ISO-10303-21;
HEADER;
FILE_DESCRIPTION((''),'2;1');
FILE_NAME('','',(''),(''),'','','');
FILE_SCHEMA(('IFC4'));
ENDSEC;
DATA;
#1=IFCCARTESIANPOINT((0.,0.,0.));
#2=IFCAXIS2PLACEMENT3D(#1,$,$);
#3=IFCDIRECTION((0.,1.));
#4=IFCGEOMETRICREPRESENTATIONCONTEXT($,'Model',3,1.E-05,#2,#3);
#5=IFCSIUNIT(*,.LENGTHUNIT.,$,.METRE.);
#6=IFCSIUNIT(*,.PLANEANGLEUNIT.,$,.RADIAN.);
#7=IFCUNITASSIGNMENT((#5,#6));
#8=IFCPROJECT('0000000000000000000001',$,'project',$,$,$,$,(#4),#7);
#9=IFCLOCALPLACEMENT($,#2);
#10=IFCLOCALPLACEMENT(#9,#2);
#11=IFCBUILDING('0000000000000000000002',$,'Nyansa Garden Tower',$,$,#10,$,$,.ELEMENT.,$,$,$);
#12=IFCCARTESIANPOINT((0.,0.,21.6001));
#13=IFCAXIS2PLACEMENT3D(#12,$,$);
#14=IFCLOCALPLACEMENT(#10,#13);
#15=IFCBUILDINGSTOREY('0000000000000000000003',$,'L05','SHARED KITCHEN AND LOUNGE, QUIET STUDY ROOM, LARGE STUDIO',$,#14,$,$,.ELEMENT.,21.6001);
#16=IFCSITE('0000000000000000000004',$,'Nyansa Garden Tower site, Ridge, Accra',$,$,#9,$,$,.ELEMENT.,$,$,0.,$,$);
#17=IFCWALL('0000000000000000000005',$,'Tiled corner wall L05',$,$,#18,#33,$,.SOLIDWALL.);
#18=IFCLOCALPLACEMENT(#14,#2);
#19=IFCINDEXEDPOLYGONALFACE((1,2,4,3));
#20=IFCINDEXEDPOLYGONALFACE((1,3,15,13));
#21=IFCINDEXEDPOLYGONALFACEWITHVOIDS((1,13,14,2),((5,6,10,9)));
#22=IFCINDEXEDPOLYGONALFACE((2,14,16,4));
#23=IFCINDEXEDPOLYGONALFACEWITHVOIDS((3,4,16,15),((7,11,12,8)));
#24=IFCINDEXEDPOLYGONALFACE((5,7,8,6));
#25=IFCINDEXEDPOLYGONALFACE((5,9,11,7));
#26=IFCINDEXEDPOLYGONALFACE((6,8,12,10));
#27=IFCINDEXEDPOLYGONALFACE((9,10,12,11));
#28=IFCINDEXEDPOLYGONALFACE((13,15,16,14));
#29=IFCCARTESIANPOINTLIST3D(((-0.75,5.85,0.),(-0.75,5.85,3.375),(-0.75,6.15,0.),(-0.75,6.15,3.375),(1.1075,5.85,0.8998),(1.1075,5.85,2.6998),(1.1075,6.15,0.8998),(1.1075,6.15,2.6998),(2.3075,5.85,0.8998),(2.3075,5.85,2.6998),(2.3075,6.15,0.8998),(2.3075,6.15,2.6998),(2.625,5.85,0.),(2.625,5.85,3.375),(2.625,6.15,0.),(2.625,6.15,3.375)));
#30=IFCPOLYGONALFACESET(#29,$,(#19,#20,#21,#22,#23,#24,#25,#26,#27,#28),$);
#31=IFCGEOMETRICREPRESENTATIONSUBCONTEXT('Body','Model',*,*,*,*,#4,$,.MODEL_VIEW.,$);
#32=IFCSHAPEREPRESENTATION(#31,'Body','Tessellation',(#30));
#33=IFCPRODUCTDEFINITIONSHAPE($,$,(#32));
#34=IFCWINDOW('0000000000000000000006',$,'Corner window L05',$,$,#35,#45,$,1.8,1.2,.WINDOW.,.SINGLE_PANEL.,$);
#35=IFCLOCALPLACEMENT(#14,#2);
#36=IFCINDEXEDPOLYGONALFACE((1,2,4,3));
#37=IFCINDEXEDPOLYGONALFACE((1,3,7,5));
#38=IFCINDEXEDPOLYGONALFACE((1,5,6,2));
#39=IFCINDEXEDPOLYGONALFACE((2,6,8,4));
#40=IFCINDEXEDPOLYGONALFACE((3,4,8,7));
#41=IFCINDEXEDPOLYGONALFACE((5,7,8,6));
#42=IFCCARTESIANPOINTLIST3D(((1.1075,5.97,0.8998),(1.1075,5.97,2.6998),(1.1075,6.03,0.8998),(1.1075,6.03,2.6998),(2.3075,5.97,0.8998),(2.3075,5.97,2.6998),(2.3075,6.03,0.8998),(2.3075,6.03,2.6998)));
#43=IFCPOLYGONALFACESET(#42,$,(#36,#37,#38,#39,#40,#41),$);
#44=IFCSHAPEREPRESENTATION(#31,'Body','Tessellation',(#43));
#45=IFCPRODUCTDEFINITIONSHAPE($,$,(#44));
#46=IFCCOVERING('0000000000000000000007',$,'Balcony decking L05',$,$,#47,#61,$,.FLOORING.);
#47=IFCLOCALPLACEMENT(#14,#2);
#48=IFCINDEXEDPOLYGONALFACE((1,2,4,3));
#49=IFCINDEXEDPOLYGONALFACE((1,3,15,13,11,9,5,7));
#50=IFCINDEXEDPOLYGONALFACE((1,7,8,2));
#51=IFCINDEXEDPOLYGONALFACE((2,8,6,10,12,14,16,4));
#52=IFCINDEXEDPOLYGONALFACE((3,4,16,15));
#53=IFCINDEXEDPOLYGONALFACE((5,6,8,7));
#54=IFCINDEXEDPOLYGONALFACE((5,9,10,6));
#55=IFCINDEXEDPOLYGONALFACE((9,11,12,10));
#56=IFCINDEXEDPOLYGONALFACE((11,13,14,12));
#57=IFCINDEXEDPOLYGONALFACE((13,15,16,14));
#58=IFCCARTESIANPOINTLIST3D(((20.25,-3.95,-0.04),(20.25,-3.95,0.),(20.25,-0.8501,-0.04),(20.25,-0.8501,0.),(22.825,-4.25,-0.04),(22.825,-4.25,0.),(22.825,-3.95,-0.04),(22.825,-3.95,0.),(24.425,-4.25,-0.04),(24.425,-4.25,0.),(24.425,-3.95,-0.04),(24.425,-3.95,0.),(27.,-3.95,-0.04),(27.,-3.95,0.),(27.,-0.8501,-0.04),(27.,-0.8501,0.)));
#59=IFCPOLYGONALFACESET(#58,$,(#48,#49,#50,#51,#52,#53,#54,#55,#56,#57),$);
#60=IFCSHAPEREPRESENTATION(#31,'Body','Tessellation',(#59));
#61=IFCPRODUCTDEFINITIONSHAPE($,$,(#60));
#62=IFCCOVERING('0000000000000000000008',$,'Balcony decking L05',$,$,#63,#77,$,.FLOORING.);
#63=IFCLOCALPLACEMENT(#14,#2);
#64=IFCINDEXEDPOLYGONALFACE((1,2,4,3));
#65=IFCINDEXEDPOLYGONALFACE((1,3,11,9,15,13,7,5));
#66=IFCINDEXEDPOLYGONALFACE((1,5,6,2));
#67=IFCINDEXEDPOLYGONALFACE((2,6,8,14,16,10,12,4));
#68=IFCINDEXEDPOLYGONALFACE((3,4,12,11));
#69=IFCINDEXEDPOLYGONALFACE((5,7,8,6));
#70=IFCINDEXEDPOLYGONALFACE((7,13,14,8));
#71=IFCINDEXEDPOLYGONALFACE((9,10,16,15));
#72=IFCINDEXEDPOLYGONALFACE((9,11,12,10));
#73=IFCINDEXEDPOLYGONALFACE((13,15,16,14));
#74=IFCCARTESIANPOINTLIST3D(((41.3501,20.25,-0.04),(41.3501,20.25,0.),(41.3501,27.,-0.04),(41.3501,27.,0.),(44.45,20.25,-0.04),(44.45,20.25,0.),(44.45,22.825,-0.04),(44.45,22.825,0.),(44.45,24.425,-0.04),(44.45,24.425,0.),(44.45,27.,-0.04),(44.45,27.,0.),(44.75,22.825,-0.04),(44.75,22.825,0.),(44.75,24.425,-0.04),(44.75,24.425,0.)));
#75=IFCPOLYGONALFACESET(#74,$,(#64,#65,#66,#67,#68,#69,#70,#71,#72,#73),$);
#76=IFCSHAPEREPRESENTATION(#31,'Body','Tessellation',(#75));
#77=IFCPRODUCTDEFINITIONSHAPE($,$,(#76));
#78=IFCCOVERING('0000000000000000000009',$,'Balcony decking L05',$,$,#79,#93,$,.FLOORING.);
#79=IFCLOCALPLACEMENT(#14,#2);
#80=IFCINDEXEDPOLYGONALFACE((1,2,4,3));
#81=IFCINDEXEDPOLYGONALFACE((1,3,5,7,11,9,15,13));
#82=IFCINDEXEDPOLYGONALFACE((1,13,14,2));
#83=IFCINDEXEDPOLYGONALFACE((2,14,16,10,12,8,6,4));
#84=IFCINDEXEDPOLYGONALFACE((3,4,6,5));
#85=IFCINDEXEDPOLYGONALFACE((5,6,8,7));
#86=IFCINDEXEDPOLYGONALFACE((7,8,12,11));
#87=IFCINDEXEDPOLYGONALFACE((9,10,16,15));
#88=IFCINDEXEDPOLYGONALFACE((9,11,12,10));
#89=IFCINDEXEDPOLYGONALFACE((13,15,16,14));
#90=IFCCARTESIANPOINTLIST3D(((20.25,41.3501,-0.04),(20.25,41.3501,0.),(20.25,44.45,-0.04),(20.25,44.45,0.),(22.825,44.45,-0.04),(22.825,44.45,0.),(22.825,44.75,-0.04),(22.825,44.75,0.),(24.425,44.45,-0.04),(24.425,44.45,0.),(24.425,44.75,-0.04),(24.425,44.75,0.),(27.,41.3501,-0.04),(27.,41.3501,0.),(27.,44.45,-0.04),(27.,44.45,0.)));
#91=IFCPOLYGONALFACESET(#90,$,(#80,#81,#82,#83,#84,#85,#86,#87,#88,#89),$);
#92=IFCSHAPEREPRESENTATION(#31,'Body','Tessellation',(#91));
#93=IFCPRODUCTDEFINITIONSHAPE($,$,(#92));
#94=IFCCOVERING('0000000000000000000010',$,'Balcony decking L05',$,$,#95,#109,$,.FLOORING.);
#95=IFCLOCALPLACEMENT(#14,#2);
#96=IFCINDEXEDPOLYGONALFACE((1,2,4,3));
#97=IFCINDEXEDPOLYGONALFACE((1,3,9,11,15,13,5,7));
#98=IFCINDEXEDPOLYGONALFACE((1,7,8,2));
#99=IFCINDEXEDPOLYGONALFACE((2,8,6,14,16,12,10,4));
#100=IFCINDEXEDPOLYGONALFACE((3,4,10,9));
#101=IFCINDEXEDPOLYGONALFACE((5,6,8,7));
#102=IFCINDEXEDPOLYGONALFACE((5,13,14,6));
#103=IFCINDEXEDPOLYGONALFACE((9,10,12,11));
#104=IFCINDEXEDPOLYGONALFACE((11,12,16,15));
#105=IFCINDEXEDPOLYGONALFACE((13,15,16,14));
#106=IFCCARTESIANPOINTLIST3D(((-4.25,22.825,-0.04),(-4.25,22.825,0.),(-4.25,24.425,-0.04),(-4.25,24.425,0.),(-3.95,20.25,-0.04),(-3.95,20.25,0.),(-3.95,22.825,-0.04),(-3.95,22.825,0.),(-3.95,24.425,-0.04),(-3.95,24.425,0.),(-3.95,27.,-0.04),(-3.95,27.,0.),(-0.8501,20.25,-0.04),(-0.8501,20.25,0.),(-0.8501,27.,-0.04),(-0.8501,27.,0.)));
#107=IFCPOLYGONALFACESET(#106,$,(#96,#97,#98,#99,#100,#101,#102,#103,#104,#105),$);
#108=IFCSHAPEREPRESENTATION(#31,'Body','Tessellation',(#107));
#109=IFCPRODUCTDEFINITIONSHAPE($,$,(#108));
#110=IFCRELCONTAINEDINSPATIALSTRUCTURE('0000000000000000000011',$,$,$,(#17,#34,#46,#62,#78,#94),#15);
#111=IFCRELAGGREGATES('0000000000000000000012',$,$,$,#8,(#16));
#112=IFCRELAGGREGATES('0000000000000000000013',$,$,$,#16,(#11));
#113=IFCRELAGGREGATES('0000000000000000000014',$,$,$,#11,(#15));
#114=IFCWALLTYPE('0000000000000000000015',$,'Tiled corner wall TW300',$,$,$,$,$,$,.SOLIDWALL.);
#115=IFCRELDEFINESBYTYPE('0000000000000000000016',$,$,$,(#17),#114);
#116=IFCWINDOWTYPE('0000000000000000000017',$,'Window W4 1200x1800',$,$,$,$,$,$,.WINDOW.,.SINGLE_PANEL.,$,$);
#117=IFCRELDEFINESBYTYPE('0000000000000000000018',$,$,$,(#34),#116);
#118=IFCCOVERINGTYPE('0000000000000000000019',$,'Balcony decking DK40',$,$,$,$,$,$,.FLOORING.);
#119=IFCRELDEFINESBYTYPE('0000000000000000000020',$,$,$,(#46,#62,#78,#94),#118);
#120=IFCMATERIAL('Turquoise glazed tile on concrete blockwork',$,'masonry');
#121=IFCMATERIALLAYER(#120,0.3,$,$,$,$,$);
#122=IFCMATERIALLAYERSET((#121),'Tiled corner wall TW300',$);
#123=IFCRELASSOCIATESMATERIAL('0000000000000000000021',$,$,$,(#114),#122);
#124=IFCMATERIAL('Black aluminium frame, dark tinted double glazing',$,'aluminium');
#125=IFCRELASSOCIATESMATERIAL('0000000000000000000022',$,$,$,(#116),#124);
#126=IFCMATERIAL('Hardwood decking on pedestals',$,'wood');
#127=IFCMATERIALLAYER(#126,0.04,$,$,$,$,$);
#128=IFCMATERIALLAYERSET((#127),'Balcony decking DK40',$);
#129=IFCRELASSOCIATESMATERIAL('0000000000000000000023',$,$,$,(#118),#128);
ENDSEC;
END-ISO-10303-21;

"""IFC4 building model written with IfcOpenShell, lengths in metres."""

from ifc_helpers import new_model, si_unit, direction, frame, frame_2d, origin, place, context, subcontext, project, spatial, polyline, rectangle, outline, extrude, material, layer, layer_set, type_object, element, fill, save


model = new_model("IFC4")

# Units and contexts
model_context = context("Model", 3, precision=1e-05, world=origin(), true_north=direction((0.0, 1.0)))
body_context = subcontext(model_context, "Body", "Model", "MODEL_VIEW")
ifc_project = project(units=[si_unit("LENGTHUNIT", "METRE"), si_unit("PLANEANGLEUNIT", "RADIAN")], contexts=[model_context])

# Site, building, storey
site_placement = place(None, origin())
site = spatial("IfcSite", under=ifc_project, at=site_placement, Name="Nyansa Garden Tower site, Ridge, Accra", CompositionType="ELEMENT", RefElevation=0.0)
building_placement = place(site_placement, origin())
building = spatial("IfcBuilding", under=site, at=building_placement, Name="Nyansa Garden Tower", CompositionType="ELEMENT")
storey_placement = place(building_placement, frame((0.0, 0.0, 21.6001)))
storey = spatial("IfcBuildingStorey", under=building, at=storey_placement, Name="L05", Description="SHARED KITCHEN AND LOUNGE, QUIET STUDY ROOM, LARGE STUDIO", CompositionType="ELEMENT", Elevation=21.6001)

# Wall, opening, window
ifc_material_1 = material(Name="Turquoise glazed tile on concrete blockwork", Category="masonry")
ifc_layer_1 = layer(ifc_material_1, 0.3)
ifc_layer_set_1 = layer_set([ifc_layer_1], Name="Tiled corner wall TW300")
wall_type = type_object("IfcWallType", Name="Tiled corner wall TW300", PredefinedType="SOLIDWALL", material=ifc_layer_set_1)
wall_placement = place(storey_placement, frame((-0.75, 6.0, 0.0), z_axis=(0.0, 0.0, 1.0), x_axis=(1.0, 0.0, 0.0)))
wall = element("IfcWall", 1, at=wall_placement, inside=storey, type_object=wall_type, Name="Tiled corner wall L05", PredefinedType="SOLIDWALL", context=body_context, shape_type="SweptSolid", body=[
    extrude(rectangle(XDim=3.375, YDim=0.3, at=frame_2d((1.6875, 0.0))), origin(), (0.0, 0.0, 1.0), 3.375),
])
opening_placement = place(wall_placement, frame((1.8574, 0.0, 0.8999)))
opening = element("IfcOpeningElement", 2, at=opening_placement, cuts=wall, PredefinedType="OPENING", context=body_context, shape_type="SweptSolid", body=[
    extrude(rectangle(XDim=1.2, YDim=1.8, at=frame_2d((0.6001, 0.8999))), frame((0.0, 0.1599, 0.0), z_axis=(0.0, -1.0, 0.0), x_axis=(1.0, 0.0, 0.0)), (0.0, 0.0, 1.0), 0.3201),
])
ifc_material_2 = material(Name="Black aluminium frame, dark tinted double glazing", Category="aluminium")
window_type = type_object("IfcWindowType", Name="Window W4 1200x1800", PartitioningType="SINGLE_PANEL", PredefinedType="WINDOW", material=ifc_material_2)
window_placement = place(opening_placement, origin())
window = element("IfcWindow", 3, at=window_placement, inside=storey, type_object=window_type, Name="Corner window L05", OverallHeight=1.8, OverallWidth=1.2, PartitioningType="SINGLE_PANEL", PredefinedType="WINDOW", context=body_context, shape_type="SweptSolid", body=[
    extrude(rectangle(XDim=1.2, YDim=1.8, at=frame_2d((0.6001, 0.8999))), frame((0.0, 0.03, 0.0), z_axis=(0.0, -1.0, 0.0), x_axis=(1.0, 0.0, 0.0)), (0.0, 0.0, 1.0), 0.0601),
])
fill(opening, window)

# Coverings
ifc_material_3 = material(Name="Hardwood decking on pedestals", Category="wood")
ifc_layer_2 = layer(ifc_material_3, 0.04)
ifc_layer_set_2 = layer_set([ifc_layer_2], Name="Balcony decking DK40")
covering_type = type_object("IfcCoveringType", Name="Balcony decking DK40", PredefinedType="FLOORING", material=ifc_layer_set_2)
covering_1_placement = place(storey_placement, frame((0.0, 0.0, -0.04)))
element("IfcCovering", 4, at=covering_1_placement, inside=storey, type_object=covering_type, Name="Balcony decking L05", PredefinedType="FLOORING", context=body_context, shape_type="SweptSolid", body=[
    extrude(outline(polyline([(20.25, -0.8501), (27.0, -0.8501), (27.0, -3.95), (24.425, -3.95), (24.425, -4.25), (22.825, -4.25), (22.825, -3.95), (20.25, -3.95), (20.25, -0.8501)])), origin(), (0.0, 0.0, 1.0), 0.04),
])
covering_2_placement = place(storey_placement, frame((0.0, 0.0, -0.04)))
element("IfcCovering", 5, at=covering_2_placement, inside=storey, type_object=covering_type, Name="Balcony decking L05", PredefinedType="FLOORING", context=body_context, shape_type="SweptSolid", body=[
    extrude(outline(polyline([(41.3501, 20.25), (41.3501, 27.0), (44.45, 27.0), (44.45, 24.425), (44.75, 24.425), (44.75, 22.825), (44.45, 22.825), (44.45, 20.25), (41.3501, 20.25)])), origin(), (0.0, 0.0, 1.0), 0.04),
])
covering_3_placement = place(storey_placement, frame((0.0, 0.0, -0.04)))
element("IfcCovering", 6, at=covering_3_placement, inside=storey, type_object=covering_type, Name="Balcony decking L05", PredefinedType="FLOORING", context=body_context, shape_type="SweptSolid", body=[
    extrude(outline(polyline([(20.25, 41.3501), (27.0, 41.3501), (27.0, 44.45), (24.425, 44.45), (24.425, 44.75), (22.825, 44.75), (22.825, 44.45), (20.25, 44.45), (20.25, 41.3501)])), origin(), (0.0, 0.0, 1.0), 0.04),
])
covering_4_placement = place(storey_placement, frame((0.0, 0.0, -0.04)))
element("IfcCovering", 7, at=covering_4_placement, inside=storey, type_object=covering_type, Name="Balcony decking L05", PredefinedType="FLOORING", context=body_context, shape_type="SweptSolid", body=[
    extrude(outline(polyline([(-0.8501, 20.25), (-0.8501, 27.0), (-3.95, 27.0), (-3.95, 24.425), (-4.25, 24.425), (-4.25, 22.825), (-3.95, 22.825), (-3.95, 20.25), (-0.8501, 20.25)])), origin(), (0.0, 0.0, 1.0), 0.04),
])

save(model, "model.ifc")
